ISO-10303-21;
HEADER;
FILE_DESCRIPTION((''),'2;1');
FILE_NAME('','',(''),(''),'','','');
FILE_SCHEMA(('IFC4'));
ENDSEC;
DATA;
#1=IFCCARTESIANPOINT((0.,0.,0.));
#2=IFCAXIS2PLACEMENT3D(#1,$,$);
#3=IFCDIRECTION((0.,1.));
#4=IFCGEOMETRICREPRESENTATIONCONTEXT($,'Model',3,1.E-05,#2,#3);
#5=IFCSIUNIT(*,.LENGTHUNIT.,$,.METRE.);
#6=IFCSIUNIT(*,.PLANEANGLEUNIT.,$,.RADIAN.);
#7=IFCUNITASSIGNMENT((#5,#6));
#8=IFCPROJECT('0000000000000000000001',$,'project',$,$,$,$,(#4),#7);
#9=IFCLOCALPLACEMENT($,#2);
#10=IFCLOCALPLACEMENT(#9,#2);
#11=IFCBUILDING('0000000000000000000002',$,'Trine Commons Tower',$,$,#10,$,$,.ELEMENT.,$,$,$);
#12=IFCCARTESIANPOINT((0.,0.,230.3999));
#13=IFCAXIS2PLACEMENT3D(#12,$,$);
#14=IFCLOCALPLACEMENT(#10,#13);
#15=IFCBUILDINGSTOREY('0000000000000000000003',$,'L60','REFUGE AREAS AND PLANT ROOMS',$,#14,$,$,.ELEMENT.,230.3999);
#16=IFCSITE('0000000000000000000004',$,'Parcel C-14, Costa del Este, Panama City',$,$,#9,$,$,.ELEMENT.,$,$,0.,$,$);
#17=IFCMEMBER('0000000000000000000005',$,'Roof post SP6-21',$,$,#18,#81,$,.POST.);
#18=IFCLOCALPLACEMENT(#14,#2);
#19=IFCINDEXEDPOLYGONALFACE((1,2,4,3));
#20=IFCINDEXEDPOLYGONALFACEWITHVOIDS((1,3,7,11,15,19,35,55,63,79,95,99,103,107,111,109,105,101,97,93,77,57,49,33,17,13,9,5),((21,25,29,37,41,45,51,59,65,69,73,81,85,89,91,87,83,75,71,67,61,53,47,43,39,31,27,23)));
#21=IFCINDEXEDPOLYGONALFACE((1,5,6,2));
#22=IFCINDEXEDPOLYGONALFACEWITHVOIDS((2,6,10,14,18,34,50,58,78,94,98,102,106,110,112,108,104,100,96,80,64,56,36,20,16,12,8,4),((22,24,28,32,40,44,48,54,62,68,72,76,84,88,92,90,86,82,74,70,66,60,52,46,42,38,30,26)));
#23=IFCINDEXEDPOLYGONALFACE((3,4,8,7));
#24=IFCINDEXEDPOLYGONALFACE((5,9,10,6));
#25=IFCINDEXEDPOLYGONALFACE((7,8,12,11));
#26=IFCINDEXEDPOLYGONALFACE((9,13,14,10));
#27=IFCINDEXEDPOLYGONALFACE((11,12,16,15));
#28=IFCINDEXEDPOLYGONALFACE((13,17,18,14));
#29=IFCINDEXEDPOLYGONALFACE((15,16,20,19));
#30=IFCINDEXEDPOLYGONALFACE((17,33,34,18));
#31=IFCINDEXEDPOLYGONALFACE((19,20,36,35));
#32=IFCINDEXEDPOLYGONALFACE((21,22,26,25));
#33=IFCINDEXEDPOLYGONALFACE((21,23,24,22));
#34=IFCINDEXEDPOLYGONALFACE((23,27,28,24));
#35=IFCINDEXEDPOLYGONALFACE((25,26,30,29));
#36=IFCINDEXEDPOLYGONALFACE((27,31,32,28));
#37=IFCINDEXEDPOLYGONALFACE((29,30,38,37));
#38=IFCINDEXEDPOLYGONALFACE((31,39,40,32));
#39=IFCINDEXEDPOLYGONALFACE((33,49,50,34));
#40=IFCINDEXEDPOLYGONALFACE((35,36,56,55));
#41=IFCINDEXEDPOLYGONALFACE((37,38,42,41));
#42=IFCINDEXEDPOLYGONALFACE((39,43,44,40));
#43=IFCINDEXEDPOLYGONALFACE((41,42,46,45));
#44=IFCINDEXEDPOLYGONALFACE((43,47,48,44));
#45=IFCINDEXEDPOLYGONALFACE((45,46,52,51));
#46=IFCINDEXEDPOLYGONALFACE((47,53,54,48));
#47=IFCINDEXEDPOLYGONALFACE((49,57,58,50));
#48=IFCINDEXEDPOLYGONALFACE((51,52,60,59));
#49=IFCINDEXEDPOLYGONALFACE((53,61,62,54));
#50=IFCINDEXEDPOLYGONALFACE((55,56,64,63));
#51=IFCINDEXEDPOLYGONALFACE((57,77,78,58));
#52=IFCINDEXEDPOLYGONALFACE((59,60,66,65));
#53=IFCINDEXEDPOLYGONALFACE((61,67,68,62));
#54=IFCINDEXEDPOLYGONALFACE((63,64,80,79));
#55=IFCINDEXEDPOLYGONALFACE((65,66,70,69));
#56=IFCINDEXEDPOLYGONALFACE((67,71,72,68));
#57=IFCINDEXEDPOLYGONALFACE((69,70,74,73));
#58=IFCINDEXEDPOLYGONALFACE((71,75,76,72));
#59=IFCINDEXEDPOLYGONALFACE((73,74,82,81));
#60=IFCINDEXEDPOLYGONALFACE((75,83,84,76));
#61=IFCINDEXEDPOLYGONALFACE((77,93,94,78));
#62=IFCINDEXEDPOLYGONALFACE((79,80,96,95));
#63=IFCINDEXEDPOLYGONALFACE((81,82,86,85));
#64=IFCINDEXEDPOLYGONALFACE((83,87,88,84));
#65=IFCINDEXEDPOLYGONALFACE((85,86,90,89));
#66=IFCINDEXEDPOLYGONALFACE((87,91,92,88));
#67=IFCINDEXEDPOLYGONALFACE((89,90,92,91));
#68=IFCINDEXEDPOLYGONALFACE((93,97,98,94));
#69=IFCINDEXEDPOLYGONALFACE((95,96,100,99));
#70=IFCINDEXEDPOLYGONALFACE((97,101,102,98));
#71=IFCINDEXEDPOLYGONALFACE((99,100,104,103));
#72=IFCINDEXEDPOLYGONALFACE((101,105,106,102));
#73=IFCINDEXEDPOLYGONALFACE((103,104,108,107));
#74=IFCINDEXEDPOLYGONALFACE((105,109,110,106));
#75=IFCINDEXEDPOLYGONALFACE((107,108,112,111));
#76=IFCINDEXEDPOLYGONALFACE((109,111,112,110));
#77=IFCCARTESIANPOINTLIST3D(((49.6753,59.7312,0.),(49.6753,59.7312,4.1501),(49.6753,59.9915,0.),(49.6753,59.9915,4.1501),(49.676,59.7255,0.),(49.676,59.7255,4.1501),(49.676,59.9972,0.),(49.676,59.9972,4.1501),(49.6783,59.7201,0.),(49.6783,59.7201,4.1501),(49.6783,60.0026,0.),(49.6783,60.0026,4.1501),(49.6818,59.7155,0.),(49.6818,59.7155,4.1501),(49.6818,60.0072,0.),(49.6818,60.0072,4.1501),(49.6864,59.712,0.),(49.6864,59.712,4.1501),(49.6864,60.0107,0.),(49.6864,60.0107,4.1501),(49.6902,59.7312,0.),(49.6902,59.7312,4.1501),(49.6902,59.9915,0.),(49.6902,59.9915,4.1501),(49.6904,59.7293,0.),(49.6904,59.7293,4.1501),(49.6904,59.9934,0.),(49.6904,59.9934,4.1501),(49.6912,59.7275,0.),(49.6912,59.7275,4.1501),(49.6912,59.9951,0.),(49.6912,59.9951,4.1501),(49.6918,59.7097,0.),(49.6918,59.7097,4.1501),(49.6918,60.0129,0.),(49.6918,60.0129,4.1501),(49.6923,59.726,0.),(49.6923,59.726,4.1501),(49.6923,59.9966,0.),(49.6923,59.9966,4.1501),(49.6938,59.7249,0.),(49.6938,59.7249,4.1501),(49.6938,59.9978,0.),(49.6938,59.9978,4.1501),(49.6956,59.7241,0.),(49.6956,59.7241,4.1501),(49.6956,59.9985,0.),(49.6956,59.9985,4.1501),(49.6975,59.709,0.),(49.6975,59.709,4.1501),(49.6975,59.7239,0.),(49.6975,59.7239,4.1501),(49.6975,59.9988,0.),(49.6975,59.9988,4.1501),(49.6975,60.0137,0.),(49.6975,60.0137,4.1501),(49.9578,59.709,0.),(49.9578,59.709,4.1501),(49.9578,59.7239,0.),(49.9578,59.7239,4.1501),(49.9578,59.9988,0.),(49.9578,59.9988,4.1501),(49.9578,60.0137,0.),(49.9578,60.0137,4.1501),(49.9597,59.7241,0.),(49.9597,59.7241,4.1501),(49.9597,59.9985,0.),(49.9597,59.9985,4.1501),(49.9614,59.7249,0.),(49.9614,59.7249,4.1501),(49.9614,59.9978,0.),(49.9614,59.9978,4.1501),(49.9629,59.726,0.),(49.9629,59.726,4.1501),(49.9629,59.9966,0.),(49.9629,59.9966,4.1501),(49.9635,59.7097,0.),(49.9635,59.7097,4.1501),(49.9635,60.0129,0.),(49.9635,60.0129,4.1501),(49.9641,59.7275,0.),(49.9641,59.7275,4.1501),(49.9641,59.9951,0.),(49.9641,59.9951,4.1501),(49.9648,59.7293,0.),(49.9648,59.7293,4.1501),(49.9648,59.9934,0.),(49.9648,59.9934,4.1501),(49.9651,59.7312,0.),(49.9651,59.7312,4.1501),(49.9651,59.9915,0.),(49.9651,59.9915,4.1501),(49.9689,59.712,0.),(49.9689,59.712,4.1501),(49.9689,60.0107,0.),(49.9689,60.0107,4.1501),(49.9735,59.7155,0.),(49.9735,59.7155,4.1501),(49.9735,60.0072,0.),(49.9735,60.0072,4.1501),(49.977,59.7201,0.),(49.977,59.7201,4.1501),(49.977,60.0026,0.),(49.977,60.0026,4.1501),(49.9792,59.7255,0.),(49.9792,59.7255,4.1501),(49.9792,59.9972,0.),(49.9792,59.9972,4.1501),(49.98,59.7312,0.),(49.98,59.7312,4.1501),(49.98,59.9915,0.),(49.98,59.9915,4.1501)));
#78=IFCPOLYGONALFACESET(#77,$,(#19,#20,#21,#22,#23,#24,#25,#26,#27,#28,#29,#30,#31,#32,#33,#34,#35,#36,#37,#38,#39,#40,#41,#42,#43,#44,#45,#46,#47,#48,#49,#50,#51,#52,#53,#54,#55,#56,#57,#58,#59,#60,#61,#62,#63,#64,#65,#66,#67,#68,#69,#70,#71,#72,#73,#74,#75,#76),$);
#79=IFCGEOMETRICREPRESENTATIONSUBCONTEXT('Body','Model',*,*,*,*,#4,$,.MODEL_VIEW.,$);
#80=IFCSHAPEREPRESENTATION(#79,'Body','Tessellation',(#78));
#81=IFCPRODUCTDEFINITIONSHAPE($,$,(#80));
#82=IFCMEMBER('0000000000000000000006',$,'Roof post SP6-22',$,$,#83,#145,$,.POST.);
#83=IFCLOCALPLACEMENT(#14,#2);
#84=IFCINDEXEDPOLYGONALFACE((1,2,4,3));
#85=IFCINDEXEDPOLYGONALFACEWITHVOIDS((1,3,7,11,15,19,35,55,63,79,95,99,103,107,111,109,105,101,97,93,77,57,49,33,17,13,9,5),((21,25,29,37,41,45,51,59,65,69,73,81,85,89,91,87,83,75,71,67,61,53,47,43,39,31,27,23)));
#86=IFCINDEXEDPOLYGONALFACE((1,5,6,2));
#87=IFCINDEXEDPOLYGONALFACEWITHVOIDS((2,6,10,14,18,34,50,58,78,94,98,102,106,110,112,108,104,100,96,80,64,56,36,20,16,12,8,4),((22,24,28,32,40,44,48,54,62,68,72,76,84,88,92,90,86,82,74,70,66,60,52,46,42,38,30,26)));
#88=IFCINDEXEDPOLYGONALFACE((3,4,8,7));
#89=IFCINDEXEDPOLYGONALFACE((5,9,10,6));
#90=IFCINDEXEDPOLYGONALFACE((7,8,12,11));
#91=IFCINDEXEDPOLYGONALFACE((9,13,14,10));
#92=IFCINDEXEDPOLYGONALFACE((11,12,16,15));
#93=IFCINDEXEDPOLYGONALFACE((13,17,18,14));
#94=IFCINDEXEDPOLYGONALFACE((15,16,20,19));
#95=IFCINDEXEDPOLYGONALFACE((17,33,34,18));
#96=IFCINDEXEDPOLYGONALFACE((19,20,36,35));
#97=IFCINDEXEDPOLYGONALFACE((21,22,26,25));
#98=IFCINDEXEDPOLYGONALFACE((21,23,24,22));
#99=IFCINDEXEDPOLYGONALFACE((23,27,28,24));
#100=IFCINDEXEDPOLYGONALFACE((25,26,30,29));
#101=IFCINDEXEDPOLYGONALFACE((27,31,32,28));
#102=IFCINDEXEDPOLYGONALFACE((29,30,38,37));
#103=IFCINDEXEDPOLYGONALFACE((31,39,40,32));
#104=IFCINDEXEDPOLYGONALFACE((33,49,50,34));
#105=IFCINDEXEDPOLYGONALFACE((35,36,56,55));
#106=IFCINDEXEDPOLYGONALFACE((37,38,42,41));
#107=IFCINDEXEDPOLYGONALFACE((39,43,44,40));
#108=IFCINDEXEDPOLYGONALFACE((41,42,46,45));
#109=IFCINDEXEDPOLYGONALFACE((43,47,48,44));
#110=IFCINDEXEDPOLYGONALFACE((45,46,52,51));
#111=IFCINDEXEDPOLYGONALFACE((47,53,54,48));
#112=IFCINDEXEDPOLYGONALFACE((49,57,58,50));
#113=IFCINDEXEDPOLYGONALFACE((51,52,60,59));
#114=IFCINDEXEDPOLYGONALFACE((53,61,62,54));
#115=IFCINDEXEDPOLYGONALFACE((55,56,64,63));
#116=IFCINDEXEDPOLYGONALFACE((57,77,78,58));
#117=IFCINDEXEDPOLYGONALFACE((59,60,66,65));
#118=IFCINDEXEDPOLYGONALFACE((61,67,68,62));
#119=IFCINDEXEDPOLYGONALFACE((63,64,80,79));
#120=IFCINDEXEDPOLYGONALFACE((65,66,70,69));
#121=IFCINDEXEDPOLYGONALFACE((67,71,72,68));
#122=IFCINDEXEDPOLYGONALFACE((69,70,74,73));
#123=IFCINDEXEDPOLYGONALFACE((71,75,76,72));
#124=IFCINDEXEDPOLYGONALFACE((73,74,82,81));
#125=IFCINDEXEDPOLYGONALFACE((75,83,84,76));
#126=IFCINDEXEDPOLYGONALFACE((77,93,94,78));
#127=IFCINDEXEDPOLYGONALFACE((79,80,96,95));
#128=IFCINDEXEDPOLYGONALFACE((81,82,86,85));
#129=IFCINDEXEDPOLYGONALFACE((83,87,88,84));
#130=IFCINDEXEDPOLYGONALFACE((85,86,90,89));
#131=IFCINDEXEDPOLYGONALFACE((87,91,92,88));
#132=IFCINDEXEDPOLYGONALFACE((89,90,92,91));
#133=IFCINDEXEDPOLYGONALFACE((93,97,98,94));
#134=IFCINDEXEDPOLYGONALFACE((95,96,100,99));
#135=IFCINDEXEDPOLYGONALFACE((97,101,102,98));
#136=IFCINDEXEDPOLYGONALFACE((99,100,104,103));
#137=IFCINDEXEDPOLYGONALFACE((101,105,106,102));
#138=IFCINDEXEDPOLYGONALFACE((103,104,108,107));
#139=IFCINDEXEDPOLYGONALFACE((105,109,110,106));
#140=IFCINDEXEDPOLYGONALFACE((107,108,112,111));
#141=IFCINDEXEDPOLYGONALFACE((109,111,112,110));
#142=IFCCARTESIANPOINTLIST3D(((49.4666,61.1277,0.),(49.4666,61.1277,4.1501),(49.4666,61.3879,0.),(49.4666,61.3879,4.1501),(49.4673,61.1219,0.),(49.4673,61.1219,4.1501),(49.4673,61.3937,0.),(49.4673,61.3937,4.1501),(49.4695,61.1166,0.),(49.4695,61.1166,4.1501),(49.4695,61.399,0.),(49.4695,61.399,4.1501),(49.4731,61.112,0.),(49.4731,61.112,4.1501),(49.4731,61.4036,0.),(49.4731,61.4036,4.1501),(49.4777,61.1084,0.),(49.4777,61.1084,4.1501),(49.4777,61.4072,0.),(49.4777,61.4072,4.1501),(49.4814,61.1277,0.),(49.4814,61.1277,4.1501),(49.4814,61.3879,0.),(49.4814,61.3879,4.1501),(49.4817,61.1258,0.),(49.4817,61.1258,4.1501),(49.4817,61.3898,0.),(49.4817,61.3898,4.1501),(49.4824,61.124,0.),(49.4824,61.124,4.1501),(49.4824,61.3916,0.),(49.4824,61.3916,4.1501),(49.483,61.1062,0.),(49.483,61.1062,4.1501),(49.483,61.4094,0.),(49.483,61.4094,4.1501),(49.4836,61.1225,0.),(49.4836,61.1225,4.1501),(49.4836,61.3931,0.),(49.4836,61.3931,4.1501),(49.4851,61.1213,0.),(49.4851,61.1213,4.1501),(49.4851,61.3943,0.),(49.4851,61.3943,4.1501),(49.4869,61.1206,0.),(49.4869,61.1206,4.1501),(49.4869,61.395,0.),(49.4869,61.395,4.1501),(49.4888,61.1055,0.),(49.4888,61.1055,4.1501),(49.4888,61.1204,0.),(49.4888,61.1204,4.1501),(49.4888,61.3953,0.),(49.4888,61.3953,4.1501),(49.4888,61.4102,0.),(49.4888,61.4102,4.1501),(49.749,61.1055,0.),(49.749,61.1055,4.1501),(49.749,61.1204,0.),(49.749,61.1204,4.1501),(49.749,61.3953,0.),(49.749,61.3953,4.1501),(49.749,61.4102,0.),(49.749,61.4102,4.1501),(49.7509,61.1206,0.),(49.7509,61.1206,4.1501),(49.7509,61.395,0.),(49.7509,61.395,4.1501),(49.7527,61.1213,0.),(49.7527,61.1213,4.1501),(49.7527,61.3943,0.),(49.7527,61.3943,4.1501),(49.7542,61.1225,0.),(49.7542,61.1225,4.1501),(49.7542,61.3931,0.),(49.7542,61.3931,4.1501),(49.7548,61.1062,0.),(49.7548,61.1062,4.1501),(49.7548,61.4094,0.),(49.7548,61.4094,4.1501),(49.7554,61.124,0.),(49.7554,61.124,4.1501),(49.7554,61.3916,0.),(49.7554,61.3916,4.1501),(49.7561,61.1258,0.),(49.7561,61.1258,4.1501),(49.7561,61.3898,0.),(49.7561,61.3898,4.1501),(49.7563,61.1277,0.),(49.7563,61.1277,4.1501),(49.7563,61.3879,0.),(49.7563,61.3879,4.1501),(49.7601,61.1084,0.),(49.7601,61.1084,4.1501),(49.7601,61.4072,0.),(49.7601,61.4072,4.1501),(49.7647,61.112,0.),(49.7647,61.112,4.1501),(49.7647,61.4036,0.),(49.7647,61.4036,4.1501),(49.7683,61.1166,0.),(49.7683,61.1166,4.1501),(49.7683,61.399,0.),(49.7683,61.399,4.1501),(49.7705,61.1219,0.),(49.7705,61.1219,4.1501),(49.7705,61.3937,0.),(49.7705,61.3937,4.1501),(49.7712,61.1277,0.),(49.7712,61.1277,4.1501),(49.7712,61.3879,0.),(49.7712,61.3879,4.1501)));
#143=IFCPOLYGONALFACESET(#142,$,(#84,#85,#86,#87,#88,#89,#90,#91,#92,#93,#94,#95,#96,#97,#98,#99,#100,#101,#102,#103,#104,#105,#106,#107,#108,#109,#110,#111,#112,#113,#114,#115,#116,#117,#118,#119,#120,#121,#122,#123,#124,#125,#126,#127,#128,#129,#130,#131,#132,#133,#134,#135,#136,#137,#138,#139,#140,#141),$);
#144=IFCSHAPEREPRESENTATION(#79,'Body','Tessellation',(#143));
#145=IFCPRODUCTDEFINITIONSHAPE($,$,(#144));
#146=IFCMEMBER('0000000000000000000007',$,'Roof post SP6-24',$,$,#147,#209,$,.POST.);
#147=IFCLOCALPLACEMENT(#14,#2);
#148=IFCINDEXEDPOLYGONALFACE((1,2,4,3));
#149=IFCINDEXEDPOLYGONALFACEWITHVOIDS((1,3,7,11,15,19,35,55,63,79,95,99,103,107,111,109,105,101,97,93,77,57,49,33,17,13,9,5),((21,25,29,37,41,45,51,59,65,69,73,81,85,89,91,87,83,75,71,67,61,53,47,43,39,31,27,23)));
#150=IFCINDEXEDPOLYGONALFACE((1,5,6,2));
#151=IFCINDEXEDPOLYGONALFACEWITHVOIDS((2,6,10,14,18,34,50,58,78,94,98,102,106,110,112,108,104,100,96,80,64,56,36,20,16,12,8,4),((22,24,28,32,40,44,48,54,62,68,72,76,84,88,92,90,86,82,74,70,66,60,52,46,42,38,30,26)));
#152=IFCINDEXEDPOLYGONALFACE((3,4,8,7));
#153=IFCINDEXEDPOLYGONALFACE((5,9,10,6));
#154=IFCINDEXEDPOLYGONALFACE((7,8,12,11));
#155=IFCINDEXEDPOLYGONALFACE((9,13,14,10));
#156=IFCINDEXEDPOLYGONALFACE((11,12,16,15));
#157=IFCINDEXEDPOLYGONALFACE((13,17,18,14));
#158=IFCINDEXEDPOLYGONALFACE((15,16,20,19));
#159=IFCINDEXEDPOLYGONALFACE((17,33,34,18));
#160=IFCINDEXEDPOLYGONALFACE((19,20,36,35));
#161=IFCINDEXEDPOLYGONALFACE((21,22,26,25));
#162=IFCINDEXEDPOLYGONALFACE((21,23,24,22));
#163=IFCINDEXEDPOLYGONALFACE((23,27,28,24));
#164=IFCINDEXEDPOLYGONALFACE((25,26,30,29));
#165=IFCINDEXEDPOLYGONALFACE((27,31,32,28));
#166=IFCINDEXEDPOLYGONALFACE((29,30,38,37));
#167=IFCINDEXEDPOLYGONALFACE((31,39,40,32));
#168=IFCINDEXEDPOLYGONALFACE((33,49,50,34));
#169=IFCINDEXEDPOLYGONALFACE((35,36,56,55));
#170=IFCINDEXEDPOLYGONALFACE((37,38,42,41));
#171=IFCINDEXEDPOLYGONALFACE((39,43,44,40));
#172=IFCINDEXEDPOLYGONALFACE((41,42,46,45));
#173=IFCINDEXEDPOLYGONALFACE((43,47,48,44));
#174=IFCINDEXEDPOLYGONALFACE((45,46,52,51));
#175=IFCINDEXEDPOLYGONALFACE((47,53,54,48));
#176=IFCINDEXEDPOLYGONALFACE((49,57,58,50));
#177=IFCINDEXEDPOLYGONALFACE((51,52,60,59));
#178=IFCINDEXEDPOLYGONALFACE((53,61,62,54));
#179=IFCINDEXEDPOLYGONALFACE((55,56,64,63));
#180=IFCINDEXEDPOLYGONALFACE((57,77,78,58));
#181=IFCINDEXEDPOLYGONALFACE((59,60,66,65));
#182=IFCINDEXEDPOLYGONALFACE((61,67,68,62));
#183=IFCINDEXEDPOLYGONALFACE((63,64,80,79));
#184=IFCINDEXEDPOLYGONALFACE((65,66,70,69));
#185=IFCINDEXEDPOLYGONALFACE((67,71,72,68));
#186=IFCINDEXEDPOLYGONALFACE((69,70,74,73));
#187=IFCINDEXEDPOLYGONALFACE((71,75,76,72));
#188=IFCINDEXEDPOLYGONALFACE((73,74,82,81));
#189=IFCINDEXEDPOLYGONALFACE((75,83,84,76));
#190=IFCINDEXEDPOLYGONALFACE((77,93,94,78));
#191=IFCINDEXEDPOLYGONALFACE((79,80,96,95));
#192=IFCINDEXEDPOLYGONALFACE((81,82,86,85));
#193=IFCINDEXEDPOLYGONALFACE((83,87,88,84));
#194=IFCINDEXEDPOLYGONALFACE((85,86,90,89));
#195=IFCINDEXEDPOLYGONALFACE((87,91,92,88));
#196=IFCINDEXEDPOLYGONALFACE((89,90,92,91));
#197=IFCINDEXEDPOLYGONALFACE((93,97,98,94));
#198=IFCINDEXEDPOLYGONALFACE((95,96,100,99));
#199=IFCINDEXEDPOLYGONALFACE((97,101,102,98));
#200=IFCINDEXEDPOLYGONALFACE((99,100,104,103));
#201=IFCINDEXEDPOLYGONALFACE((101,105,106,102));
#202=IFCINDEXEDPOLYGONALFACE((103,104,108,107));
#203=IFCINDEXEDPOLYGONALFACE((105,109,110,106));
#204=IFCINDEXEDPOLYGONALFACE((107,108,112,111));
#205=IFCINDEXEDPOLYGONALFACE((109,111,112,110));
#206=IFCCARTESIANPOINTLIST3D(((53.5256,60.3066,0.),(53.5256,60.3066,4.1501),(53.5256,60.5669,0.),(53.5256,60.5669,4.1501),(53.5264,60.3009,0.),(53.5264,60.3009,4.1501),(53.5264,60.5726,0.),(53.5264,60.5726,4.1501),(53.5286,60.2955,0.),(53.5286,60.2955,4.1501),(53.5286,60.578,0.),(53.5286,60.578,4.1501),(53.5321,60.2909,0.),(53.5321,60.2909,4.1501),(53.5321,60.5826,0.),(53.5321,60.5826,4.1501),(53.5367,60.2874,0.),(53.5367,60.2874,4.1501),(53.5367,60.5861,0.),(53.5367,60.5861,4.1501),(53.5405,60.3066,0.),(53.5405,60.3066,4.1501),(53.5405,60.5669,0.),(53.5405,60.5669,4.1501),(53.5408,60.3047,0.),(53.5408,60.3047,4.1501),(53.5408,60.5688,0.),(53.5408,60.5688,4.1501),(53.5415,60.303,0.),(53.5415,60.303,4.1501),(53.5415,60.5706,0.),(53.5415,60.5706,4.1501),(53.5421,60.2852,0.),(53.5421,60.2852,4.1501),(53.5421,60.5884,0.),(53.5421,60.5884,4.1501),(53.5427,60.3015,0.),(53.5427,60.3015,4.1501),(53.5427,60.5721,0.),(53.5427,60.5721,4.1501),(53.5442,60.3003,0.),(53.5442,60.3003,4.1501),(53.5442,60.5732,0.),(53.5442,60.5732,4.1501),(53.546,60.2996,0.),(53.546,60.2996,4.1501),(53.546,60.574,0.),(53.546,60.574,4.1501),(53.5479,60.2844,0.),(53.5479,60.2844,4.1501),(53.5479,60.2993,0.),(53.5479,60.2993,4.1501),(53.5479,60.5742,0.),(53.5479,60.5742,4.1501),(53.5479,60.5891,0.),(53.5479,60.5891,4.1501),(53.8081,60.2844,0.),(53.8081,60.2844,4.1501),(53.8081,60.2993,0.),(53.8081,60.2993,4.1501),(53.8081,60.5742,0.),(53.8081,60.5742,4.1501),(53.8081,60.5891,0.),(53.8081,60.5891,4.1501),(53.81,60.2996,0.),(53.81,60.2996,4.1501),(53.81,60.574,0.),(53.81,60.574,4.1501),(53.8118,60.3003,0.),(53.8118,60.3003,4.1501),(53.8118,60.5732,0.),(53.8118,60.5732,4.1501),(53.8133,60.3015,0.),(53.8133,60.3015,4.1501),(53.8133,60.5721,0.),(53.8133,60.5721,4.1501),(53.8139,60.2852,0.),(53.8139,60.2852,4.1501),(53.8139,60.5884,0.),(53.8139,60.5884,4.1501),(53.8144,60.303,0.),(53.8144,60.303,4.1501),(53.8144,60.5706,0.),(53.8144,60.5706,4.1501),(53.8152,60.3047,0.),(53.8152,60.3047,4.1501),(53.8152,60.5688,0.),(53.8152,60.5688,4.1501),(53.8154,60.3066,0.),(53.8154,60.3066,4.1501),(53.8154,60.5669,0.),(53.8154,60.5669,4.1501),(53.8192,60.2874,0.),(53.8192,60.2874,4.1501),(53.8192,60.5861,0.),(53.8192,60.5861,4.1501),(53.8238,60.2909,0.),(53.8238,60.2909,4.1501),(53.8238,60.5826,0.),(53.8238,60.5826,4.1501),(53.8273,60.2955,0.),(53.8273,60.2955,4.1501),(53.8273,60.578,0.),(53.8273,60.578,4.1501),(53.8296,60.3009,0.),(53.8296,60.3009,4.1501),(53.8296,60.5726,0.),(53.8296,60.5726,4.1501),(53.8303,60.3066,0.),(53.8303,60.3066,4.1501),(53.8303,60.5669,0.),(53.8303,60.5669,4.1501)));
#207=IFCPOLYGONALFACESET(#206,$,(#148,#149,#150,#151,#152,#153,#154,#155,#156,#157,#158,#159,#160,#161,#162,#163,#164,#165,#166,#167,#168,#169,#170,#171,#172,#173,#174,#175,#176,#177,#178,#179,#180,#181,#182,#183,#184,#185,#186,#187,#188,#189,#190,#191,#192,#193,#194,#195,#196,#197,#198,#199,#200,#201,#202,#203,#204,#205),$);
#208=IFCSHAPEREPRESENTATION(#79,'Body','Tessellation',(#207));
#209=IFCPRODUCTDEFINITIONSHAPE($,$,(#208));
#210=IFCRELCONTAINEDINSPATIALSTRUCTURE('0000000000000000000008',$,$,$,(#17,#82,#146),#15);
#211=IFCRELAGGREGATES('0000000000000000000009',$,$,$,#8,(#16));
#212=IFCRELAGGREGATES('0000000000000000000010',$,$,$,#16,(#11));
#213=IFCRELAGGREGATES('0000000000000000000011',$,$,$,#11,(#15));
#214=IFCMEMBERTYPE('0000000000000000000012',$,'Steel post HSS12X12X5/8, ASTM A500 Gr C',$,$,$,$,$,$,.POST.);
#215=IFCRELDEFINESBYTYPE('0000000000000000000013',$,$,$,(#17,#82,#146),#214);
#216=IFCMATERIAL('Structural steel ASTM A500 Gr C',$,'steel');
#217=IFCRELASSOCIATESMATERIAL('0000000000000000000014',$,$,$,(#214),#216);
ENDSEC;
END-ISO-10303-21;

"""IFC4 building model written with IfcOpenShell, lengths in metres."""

from ifc_helpers import new_model, si_unit, direction, frame, origin, origin_2d, place, context, subcontext, project, spatial, hollow_rectangle, extrude, material, material_profile, profile_set, type_object, element, save


model = new_model("IFC4")

# Units and contexts
model_context = context("Model", 3, precision=1e-05, world=origin(), true_north=direction((0.0, 1.0)))
body_context = subcontext(model_context, "Body", "Model", "MODEL_VIEW")
ifc_project = project(units=[si_unit("LENGTHUNIT", "METRE"), si_unit("PLANEANGLEUNIT", "RADIAN")], contexts=[model_context])

# Site, building, storey
site_placement = place(None, origin())
site = spatial("IfcSite", under=ifc_project, at=site_placement, Name="Parcel C-14, Costa del Este, Panama City", CompositionType="ELEMENT", RefElevation=0.0)
building_placement = place(site_placement, origin())
building = spatial("IfcBuilding", under=site, at=building_placement, Name="Trine Commons Tower", CompositionType="ELEMENT")
storey_placement = place(building_placement, frame((0.0, 0.0, 230.3999)))
storey = spatial("IfcBuildingStorey", under=building, at=storey_placement, Name="L60", Description="REFUGE AREAS AND PLANT ROOMS", CompositionType="ELEMENT", Elevation=230.3999)

# Members
ifc_material_1 = material(Name="Structural steel ASTM A500 Gr C", Category="steel")
ifc_material_profile_1 = material_profile(ifc_material_1, hollow_rectangle(XDim=0.3047, YDim=0.3047, WallThickness=0.0149, InnerFilletRadius=0.0073, OuterFilletRadius=0.0222, at=origin_2d()), Name="HSS12X12X5/8")
ifc_profile_set_1 = profile_set([ifc_material_profile_1], Name="Structural steel ASTM A500 Gr C")
member_type_1 = type_object("IfcMemberType", Name="Steel post HSS12X12X5/8, ASTM A500 Gr C", PredefinedType="POST", material=ifc_profile_set_1)
for number, where, z_axis, x_axis, name in (
    (1, (49.8276, 59.8613, 0.0), (0.0, 0.0, 1.0), (1.0, 0.0, 0.0), "Roof post SP6-21"),
    (2, (49.6189, 61.2578, 0.0), (0.0, 0.0, 1.0), (1.0, 0.0, 0.0), "Roof post SP6-22"),
    (3, (53.678, 60.4368, 0.0), (0.0, 0.0, 1.0), (1.0, 0.0, 0.0), "Roof post SP6-24"),
):
    element("IfcMember", number, at=place(storey_placement, frame(where, z_axis=z_axis, x_axis=x_axis)), inside=storey, type_object=member_type_1, Name=name, PredefinedType="POST", context=body_context, shape_type="SweptSolid", body=[
        extrude(hollow_rectangle(XDim=0.3047, YDim=0.3047, WallThickness=0.0149, InnerFilletRadius=0.0073, OuterFilletRadius=0.0222, at=origin_2d()), origin(), (0.0, 0.0, 1.0), 4.1501),
    ])

save(model, "model.ifc")
